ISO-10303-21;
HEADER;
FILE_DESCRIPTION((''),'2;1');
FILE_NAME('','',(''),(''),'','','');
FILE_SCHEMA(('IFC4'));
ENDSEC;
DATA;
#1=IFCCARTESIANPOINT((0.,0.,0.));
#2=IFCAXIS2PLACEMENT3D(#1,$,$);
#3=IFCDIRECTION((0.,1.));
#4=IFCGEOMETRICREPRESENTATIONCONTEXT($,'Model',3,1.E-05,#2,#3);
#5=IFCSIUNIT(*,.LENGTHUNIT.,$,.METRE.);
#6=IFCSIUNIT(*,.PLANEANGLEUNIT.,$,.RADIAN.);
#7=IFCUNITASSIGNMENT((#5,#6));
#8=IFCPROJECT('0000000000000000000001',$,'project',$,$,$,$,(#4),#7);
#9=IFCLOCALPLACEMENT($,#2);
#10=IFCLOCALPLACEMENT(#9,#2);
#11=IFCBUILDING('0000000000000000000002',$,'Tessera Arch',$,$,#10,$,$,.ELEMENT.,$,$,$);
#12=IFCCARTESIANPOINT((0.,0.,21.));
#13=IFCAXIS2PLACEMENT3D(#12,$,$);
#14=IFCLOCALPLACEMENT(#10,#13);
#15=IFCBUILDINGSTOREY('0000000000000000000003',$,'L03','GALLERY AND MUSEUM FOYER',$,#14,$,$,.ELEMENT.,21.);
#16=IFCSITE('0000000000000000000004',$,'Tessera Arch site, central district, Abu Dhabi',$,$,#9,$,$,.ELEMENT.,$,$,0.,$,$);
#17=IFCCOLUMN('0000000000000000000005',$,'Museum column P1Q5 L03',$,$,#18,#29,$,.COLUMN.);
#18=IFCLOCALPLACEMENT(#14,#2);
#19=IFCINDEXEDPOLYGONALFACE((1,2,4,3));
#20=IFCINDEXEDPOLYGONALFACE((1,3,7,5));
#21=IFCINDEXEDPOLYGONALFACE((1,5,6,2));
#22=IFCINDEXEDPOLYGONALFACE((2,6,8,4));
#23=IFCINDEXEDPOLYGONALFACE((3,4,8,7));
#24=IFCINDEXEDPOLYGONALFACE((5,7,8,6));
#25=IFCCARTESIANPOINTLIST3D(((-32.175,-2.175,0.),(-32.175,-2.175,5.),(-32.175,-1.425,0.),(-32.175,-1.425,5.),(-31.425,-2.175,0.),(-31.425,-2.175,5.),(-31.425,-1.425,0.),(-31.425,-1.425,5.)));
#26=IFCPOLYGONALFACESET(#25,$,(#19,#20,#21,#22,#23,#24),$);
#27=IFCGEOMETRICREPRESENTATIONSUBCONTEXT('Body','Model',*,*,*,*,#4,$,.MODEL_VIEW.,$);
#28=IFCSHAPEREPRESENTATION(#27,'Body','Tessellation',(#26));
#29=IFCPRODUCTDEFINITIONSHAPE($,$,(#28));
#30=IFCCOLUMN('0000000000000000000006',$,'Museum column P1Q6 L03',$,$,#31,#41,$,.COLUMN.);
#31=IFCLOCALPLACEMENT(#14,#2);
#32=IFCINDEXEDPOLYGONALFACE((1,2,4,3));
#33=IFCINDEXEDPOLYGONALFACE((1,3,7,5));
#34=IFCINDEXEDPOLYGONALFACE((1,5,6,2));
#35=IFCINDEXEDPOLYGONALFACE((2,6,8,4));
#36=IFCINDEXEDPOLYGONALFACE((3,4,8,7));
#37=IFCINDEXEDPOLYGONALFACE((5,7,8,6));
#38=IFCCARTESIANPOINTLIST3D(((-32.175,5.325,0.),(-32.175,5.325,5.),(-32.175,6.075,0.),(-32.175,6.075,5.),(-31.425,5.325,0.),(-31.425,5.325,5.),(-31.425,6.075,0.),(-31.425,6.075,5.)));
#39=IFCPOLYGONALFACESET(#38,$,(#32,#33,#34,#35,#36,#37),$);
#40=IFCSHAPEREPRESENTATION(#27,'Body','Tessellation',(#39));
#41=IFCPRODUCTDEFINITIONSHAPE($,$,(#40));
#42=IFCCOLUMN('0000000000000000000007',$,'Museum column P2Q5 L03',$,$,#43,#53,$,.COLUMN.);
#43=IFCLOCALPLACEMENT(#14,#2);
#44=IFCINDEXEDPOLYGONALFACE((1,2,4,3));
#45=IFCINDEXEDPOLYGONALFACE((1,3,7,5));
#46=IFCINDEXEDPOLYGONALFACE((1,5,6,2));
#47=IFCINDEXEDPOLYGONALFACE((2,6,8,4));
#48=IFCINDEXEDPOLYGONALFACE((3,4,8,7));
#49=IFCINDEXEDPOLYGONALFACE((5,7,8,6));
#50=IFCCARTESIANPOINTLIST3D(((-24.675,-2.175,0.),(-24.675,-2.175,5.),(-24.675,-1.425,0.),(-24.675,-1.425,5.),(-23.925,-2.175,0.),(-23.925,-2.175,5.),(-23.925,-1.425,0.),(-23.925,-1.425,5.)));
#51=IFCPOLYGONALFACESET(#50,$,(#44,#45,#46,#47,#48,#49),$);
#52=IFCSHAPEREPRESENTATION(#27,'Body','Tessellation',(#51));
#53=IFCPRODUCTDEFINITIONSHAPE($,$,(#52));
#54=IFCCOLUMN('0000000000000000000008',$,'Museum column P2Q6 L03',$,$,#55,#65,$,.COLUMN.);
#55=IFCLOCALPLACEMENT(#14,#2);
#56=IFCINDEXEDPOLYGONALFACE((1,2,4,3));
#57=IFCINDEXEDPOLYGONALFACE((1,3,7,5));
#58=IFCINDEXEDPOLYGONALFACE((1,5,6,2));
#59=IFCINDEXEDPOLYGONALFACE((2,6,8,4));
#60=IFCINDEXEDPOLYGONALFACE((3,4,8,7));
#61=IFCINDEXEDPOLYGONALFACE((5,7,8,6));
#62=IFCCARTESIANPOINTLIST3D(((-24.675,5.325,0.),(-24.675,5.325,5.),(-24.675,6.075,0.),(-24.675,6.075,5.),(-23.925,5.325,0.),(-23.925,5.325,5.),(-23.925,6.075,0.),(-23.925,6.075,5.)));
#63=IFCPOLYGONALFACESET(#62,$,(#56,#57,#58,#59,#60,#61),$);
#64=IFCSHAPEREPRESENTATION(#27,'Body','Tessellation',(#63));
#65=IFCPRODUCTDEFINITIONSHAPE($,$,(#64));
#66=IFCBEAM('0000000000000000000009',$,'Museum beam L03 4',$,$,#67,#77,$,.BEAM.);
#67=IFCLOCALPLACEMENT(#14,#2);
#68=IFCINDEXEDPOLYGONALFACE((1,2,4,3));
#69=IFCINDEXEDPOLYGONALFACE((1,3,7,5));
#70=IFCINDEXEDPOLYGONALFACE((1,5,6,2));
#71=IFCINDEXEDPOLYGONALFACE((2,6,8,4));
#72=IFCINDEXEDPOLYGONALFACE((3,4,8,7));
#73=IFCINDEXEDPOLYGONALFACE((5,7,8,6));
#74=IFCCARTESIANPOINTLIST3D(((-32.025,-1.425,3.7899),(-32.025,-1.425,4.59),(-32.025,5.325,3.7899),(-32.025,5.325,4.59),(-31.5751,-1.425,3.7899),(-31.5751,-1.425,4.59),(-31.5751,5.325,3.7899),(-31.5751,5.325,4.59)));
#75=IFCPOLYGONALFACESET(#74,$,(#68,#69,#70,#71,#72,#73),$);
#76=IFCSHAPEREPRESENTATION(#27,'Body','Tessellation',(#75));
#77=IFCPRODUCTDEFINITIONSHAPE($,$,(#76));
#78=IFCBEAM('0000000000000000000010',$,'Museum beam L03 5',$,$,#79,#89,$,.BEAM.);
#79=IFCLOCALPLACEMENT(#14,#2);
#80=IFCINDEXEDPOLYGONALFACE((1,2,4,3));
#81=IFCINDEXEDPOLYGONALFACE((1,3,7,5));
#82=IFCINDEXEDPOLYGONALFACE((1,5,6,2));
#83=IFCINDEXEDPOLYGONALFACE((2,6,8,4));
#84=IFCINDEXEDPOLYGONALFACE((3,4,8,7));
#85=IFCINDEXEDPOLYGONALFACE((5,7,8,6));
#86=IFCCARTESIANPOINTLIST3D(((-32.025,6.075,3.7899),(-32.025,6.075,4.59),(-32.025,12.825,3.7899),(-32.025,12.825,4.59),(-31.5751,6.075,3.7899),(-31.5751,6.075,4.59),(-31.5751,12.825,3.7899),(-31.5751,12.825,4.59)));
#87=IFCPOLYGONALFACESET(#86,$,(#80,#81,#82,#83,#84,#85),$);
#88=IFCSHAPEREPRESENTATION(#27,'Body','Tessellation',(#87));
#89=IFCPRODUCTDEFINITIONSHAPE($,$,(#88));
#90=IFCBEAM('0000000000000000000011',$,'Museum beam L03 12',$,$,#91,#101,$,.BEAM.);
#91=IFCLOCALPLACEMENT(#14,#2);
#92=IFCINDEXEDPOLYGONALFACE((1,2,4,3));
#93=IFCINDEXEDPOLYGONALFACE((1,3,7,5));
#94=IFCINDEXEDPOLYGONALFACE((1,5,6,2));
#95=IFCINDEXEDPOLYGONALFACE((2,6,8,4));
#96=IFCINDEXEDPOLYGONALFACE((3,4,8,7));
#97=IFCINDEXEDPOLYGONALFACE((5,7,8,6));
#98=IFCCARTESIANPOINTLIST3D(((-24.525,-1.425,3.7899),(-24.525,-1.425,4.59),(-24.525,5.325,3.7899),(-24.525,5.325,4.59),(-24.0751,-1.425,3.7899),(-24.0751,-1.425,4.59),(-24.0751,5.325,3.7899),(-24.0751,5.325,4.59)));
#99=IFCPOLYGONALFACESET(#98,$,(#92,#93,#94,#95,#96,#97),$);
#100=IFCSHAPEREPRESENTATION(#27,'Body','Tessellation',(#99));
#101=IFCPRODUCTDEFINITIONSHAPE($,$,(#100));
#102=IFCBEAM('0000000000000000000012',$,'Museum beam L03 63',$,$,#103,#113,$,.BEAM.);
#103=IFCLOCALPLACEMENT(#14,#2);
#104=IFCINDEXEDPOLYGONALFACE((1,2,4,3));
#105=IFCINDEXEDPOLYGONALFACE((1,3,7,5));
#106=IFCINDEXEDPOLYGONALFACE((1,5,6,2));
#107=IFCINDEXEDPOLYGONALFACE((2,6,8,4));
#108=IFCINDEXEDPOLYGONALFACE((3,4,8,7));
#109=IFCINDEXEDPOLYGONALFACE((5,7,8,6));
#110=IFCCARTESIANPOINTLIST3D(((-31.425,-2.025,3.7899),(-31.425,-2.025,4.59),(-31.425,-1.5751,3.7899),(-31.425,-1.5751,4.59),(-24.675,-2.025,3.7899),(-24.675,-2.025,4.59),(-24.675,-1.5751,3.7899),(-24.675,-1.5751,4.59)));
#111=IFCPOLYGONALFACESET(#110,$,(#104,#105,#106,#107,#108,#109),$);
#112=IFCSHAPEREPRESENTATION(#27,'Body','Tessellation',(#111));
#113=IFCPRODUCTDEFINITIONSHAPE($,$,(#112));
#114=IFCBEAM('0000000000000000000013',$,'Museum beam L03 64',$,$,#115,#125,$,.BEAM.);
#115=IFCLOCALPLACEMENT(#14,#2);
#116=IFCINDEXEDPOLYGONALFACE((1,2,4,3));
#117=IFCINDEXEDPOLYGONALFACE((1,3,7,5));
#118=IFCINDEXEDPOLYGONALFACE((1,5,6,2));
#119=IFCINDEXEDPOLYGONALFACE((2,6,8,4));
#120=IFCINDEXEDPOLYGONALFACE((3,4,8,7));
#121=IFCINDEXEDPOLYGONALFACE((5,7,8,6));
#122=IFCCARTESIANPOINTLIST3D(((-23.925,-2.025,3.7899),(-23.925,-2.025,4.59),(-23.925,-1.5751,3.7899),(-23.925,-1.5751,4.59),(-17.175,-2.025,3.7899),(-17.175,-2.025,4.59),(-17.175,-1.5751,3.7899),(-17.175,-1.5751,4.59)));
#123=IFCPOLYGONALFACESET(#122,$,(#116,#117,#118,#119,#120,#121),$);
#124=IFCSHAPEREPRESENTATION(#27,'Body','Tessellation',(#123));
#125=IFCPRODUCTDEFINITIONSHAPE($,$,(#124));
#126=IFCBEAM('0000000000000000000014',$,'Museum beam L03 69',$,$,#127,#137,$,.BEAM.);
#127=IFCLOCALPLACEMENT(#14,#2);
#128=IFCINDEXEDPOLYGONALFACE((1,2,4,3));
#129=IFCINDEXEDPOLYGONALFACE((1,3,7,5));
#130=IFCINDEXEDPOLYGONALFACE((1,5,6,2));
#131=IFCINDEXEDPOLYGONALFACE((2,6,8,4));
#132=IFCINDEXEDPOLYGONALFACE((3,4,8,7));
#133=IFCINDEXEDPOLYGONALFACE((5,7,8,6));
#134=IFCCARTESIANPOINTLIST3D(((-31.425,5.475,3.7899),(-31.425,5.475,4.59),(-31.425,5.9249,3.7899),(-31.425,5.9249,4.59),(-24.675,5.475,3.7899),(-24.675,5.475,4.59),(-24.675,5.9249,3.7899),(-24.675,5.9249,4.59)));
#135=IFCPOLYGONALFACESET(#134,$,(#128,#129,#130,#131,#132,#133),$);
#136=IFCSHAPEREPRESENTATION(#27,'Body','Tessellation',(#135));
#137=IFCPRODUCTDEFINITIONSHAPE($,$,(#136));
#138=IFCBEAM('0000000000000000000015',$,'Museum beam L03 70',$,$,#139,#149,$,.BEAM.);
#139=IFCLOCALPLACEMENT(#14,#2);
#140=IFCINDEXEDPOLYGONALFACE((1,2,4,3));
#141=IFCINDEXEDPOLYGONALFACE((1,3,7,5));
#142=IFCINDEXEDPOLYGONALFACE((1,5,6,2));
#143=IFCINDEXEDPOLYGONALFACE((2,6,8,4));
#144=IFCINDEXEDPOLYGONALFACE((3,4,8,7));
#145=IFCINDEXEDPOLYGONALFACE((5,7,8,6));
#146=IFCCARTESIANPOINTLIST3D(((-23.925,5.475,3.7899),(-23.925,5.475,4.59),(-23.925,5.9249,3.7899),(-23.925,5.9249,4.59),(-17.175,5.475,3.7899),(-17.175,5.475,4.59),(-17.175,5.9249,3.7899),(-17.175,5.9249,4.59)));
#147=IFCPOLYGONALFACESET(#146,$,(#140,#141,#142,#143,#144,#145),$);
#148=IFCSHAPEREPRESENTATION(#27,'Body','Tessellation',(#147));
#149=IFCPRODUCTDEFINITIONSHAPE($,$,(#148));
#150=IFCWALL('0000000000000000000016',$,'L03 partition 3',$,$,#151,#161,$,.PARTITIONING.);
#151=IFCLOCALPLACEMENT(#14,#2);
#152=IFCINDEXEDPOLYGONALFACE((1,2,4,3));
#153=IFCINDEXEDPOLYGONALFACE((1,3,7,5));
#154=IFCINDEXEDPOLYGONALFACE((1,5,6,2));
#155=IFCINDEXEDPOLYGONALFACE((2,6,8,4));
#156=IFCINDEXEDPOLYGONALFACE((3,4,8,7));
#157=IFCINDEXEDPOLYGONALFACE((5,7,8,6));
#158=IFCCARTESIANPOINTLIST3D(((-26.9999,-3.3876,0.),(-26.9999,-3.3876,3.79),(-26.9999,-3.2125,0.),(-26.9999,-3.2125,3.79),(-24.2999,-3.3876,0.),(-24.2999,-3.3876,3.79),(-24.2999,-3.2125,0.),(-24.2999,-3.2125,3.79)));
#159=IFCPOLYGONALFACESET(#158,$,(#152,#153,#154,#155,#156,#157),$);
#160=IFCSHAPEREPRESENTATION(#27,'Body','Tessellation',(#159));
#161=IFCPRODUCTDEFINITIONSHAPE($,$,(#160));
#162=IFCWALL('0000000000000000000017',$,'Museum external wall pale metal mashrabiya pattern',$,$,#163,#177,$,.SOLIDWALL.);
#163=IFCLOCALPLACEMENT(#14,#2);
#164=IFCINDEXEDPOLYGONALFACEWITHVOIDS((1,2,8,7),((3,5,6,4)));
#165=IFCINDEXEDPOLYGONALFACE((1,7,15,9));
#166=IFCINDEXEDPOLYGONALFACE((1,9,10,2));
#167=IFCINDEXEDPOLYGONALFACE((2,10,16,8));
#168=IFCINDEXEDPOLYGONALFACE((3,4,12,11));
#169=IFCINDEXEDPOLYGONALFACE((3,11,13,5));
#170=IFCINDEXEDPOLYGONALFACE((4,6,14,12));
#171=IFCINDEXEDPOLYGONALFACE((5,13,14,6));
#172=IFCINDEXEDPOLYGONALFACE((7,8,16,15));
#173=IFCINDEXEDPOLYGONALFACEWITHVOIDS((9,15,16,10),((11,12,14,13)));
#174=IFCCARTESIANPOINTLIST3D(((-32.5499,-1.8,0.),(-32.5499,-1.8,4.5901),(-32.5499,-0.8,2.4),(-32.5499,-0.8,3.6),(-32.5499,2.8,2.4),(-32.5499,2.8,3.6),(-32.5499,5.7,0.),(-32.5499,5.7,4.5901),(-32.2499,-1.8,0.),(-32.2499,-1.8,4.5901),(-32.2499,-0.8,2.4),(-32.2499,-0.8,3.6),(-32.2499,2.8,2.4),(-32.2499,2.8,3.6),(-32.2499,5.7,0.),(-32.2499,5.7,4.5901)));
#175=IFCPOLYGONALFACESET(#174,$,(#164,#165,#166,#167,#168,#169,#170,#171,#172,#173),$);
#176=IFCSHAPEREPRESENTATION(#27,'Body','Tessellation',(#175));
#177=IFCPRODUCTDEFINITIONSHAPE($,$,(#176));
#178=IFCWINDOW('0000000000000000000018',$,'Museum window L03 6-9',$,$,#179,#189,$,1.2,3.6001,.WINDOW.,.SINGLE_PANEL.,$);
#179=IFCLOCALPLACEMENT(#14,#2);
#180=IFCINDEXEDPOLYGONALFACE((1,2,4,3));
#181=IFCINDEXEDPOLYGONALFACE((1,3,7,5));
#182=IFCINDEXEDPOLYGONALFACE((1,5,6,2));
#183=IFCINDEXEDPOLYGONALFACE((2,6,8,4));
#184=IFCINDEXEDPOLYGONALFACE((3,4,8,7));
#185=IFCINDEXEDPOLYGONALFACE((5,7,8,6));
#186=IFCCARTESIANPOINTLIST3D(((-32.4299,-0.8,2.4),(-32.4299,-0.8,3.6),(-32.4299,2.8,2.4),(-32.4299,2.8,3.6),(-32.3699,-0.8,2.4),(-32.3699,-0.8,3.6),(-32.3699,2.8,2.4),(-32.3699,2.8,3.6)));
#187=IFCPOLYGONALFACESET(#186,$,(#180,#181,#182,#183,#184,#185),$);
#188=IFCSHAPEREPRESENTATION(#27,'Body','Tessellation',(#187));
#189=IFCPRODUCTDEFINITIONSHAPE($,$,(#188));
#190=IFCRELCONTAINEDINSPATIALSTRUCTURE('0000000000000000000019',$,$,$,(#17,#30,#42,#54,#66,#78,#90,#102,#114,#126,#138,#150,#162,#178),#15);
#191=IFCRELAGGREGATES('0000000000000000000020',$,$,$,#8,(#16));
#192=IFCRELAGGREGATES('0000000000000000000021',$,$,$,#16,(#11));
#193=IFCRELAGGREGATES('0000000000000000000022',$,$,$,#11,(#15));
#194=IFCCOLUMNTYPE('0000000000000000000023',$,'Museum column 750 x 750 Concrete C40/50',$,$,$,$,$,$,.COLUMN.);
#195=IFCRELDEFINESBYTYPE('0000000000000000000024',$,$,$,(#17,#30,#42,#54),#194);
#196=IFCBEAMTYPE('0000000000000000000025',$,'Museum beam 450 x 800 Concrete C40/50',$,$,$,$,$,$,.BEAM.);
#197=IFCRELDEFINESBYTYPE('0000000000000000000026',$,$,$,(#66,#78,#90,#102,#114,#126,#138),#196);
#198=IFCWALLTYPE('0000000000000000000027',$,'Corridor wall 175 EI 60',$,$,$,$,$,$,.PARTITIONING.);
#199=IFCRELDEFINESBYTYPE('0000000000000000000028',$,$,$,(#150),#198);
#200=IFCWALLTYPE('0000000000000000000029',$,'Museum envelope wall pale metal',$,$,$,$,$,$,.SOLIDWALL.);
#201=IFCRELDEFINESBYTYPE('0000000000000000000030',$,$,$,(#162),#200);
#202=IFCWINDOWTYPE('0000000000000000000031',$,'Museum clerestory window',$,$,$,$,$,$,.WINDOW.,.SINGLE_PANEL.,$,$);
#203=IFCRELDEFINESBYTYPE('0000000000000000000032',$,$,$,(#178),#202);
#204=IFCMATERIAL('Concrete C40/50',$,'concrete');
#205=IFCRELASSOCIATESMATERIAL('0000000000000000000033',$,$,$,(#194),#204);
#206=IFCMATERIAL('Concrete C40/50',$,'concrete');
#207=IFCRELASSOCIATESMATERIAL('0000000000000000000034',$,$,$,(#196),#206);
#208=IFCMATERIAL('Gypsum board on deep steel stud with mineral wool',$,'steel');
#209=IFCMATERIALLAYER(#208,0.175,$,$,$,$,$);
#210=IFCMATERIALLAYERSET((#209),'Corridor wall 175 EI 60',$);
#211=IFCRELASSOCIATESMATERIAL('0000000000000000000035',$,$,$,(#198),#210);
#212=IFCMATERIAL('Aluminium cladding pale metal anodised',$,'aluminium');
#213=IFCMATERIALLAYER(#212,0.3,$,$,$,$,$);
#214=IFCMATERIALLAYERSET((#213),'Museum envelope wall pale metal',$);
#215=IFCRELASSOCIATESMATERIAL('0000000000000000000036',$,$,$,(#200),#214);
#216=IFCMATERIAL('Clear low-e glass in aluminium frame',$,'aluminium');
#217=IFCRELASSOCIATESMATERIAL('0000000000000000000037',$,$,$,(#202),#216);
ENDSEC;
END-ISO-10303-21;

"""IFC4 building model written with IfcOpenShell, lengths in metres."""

from ifc_helpers import new_model, si_unit, direction, frame, frame_2d, origin, origin_2d, place, context, subcontext, project, spatial, rectangle, extrude, material, layer, layer_set, material_profile, profile_set, type_object, element, fill, save


model = new_model("IFC4")

# Units and contexts
model_context = context("Model", 3, precision=1e-05, world=origin(), true_north=direction((0.0, 1.0)))
body_context = subcontext(model_context, "Body", "Model", "MODEL_VIEW")
ifc_project = project(units=[si_unit("LENGTHUNIT", "METRE"), si_unit("PLANEANGLEUNIT", "RADIAN")], contexts=[model_context])

# Site, building, storey
site_placement = place(None, origin())
site = spatial("IfcSite", under=ifc_project, at=site_placement, Name="Tessera Arch site, central district, Abu Dhabi", CompositionType="ELEMENT", RefElevation=0.0)
building_placement = place(site_placement, origin())
building = spatial("IfcBuilding", under=site, at=building_placement, Name="Tessera Arch", CompositionType="ELEMENT")
storey_placement = place(building_placement, frame((0.0, 0.0, 21.0)))
storey = spatial("IfcBuildingStorey", under=building, at=storey_placement, Name="L03", Description="GALLERY AND MUSEUM FOYER", CompositionType="ELEMENT", Elevation=21.0)

# Columns
ifc_material_1 = material(Name="Concrete C40/50", Category="concrete")
ifc_material_profile_1 = material_profile(ifc_material_1, rectangle(XDim=0.75, YDim=0.75, at=origin_2d()), Name="Museum column 750 x 750 Concrete C40/50")
ifc_profile_set_1 = profile_set([ifc_material_profile_1], Name="Concrete C40/50")
column_type = type_object("IfcColumnType", Name="Museum column 750 x 750 Concrete C40/50", PredefinedType="COLUMN", material=ifc_profile_set_1)
for number, where, z_axis, x_axis, name in (
    (1, (-31.8, -1.8, 0.0), (0.0, 0.0, 1.0), (1.0, 0.0, 0.0), "Museum column P1Q5 L03"),
    (2, (-31.8, 5.7, 0.0), (0.0, 0.0, 1.0), (1.0, 0.0, 0.0), "Museum column P1Q6 L03"),
    (3, (-24.3, -1.8, 0.0), (0.0, 0.0, 1.0), (1.0, 0.0, 0.0), "Museum column P2Q5 L03"),
    (4, (-24.3, 5.7, 0.0), (0.0, 0.0, 1.0), (1.0, 0.0, 0.0), "Museum column P2Q6 L03"),
):
    element("IfcColumn", number, at=place(storey_placement, frame(where, z_axis=z_axis, x_axis=x_axis)), inside=storey, type_object=column_type, Name=name, PredefinedType="COLUMN", context=body_context, shape_type="SweptSolid", body=[
        extrude(rectangle(XDim=0.75, YDim=0.75, at=origin_2d()), origin(), (0.0, 0.0, 1.0), 5.0),
    ])

# Beams
ifc_material_2 = material(Name="Concrete C40/50", Category="concrete")
ifc_material_profile_2 = material_profile(ifc_material_2, rectangle(XDim=0.45, YDim=0.8, at=origin_2d()), Name="Museum beam 450 x 800 Concrete C40/50")
ifc_profile_set_2 = profile_set([ifc_material_profile_2], Name="Concrete C40/50")
beam_type = type_object("IfcBeamType", Name="Museum beam 450 x 800 Concrete C40/50", PredefinedType="BEAM", material=ifc_profile_set_2)
for number, where, z_axis, x_axis, name in (
    (5, (-31.8, -1.425, 4.1899), (0.0, 1.0, 0.0), (-1.0, 0.0, 0.0), "Museum beam L03 4"),
    (6, (-31.8, 6.075, 4.1899), (0.0, 1.0, 0.0), (-1.0, 0.0, 0.0), "Museum beam L03 5"),
    (7, (-24.3, -1.425, 4.1899), (0.0, 1.0, 0.0), (-1.0, 0.0, 0.0), "Museum beam L03 12"),
    (8, (-31.425, -1.8, 4.1899), (1.0, 0.0, 0.0), (0.0, 1.0, 0.0), "Museum beam L03 63"),
    (9, (-23.925, -1.8, 4.1899), (1.0, 0.0, 0.0), (0.0, 1.0, 0.0), "Museum beam L03 64"),
    (10, (-31.425, 5.7, 4.1899), (1.0, 0.0, 0.0), (0.0, 1.0, 0.0), "Museum beam L03 69"),
    (11, (-23.925, 5.7, 4.1899), (1.0, 0.0, 0.0), (0.0, 1.0, 0.0), "Museum beam L03 70"),
):
    element("IfcBeam", number, at=place(storey_placement, frame(where, z_axis=z_axis, x_axis=x_axis)), inside=storey, type_object=beam_type, Name=name, PredefinedType="BEAM", context=body_context, shape_type="SweptSolid", body=[
        extrude(rectangle(XDim=0.45, YDim=0.8, at=origin_2d()), origin(), (0.0, 0.0, 1.0), 6.75),
    ])

# Wall
ifc_material_3 = material(Name="Gypsum board on deep steel stud with mineral wool", Category="steel")
ifc_layer_1 = layer(ifc_material_3, 0.175)
ifc_layer_set_1 = layer_set([ifc_layer_1], Name="Corridor wall 175 EI 60")
wall_type_1 = type_object("IfcWallType", Name="Corridor wall 175 EI 60", PredefinedType="PARTITIONING", material=ifc_layer_set_1)
wall_1_placement = place(storey_placement, frame((-27.0, -3.3, 0.0), z_axis=(0.0, 0.0, 1.0), x_axis=(1.0, 0.0, 0.0)))
element("IfcWall", 12, at=wall_1_placement, inside=storey, type_object=wall_type_1, Name="L03 partition 3", PredefinedType="PARTITIONING", context=body_context, shape_type="SweptSolid", body=[
    extrude(rectangle(XDim=2.7, YDim=0.175, at=frame_2d((1.3501, 0.0))), origin(), (0.0, 0.0, 1.0), 3.79),
])

# Wall, opening, window
ifc_material_4 = material(Name="Aluminium cladding pale metal anodised", Category="aluminium")
ifc_layer_2 = layer(ifc_material_4, 0.3)
ifc_layer_set_2 = layer_set([ifc_layer_2], Name="Museum envelope wall pale metal")
wall_type_2 = type_object("IfcWallType", Name="Museum envelope wall pale metal", PredefinedType="SOLIDWALL", material=ifc_layer_set_2)
wall_2_placement = place(storey_placement, frame((-32.3999, 5.7, 0.0), z_axis=(0.0, 0.0, 1.0), x_axis=(0.0, -1.0, 0.0)))
wall_2 = element("IfcWall", 13, at=wall_2_placement, inside=storey, type_object=wall_type_2, Name="Museum external wall pale metal mashrabiya pattern", PredefinedType="SOLIDWALL", context=body_context, shape_type="SweptSolid", body=[
    extrude(rectangle(XDim=7.5, YDim=0.3, at=frame_2d((3.75, 0.0))), origin(), (0.0, 0.0, 1.0), 4.5901),
])
opening_1_placement = place(wall_2_placement, frame((2.8999, 0.0, 2.3999)))
opening_1 = element("IfcOpeningElement", 14, at=opening_1_placement, cuts=wall_2, PredefinedType="OPENING", context=body_context, shape_type="SweptSolid", body=[
    extrude(rectangle(XDim=3.6001, YDim=1.2, at=frame_2d((1.8, 0.6001))), frame((0.0, 0.1599, 0.0), z_axis=(0.0, -1.0, 0.0), x_axis=(1.0, 0.0, 0.0)), (0.0, 0.0, 1.0), 0.3201),
])
ifc_material_5 = material(Name="Clear low-e glass in aluminium frame", Category="aluminium")
window_type = type_object("IfcWindowType", Name="Museum clerestory window", PartitioningType="SINGLE_PANEL", PredefinedType="WINDOW", material=ifc_material_5)
window_1_placement = place(opening_1_placement, origin())
window_1 = element("IfcWindow", 15, at=window_1_placement, inside=storey, type_object=window_type, Name="Museum window L03 6-9", OverallHeight=1.2, OverallWidth=3.6001, PartitioningType="SINGLE_PANEL", PredefinedType="WINDOW", context=body_context, shape_type="SweptSolid", body=[
    extrude(rectangle(XDim=3.6001, YDim=1.2, at=frame_2d((1.8, 0.6001))), frame((0.0, 0.03, 0.0), z_axis=(0.0, -1.0, 0.0), x_axis=(1.0, 0.0, 0.0)), (0.0, 0.0, 1.0), 0.0601),
])
fill(opening_1, window_1)

save(model, "model.ifc")
